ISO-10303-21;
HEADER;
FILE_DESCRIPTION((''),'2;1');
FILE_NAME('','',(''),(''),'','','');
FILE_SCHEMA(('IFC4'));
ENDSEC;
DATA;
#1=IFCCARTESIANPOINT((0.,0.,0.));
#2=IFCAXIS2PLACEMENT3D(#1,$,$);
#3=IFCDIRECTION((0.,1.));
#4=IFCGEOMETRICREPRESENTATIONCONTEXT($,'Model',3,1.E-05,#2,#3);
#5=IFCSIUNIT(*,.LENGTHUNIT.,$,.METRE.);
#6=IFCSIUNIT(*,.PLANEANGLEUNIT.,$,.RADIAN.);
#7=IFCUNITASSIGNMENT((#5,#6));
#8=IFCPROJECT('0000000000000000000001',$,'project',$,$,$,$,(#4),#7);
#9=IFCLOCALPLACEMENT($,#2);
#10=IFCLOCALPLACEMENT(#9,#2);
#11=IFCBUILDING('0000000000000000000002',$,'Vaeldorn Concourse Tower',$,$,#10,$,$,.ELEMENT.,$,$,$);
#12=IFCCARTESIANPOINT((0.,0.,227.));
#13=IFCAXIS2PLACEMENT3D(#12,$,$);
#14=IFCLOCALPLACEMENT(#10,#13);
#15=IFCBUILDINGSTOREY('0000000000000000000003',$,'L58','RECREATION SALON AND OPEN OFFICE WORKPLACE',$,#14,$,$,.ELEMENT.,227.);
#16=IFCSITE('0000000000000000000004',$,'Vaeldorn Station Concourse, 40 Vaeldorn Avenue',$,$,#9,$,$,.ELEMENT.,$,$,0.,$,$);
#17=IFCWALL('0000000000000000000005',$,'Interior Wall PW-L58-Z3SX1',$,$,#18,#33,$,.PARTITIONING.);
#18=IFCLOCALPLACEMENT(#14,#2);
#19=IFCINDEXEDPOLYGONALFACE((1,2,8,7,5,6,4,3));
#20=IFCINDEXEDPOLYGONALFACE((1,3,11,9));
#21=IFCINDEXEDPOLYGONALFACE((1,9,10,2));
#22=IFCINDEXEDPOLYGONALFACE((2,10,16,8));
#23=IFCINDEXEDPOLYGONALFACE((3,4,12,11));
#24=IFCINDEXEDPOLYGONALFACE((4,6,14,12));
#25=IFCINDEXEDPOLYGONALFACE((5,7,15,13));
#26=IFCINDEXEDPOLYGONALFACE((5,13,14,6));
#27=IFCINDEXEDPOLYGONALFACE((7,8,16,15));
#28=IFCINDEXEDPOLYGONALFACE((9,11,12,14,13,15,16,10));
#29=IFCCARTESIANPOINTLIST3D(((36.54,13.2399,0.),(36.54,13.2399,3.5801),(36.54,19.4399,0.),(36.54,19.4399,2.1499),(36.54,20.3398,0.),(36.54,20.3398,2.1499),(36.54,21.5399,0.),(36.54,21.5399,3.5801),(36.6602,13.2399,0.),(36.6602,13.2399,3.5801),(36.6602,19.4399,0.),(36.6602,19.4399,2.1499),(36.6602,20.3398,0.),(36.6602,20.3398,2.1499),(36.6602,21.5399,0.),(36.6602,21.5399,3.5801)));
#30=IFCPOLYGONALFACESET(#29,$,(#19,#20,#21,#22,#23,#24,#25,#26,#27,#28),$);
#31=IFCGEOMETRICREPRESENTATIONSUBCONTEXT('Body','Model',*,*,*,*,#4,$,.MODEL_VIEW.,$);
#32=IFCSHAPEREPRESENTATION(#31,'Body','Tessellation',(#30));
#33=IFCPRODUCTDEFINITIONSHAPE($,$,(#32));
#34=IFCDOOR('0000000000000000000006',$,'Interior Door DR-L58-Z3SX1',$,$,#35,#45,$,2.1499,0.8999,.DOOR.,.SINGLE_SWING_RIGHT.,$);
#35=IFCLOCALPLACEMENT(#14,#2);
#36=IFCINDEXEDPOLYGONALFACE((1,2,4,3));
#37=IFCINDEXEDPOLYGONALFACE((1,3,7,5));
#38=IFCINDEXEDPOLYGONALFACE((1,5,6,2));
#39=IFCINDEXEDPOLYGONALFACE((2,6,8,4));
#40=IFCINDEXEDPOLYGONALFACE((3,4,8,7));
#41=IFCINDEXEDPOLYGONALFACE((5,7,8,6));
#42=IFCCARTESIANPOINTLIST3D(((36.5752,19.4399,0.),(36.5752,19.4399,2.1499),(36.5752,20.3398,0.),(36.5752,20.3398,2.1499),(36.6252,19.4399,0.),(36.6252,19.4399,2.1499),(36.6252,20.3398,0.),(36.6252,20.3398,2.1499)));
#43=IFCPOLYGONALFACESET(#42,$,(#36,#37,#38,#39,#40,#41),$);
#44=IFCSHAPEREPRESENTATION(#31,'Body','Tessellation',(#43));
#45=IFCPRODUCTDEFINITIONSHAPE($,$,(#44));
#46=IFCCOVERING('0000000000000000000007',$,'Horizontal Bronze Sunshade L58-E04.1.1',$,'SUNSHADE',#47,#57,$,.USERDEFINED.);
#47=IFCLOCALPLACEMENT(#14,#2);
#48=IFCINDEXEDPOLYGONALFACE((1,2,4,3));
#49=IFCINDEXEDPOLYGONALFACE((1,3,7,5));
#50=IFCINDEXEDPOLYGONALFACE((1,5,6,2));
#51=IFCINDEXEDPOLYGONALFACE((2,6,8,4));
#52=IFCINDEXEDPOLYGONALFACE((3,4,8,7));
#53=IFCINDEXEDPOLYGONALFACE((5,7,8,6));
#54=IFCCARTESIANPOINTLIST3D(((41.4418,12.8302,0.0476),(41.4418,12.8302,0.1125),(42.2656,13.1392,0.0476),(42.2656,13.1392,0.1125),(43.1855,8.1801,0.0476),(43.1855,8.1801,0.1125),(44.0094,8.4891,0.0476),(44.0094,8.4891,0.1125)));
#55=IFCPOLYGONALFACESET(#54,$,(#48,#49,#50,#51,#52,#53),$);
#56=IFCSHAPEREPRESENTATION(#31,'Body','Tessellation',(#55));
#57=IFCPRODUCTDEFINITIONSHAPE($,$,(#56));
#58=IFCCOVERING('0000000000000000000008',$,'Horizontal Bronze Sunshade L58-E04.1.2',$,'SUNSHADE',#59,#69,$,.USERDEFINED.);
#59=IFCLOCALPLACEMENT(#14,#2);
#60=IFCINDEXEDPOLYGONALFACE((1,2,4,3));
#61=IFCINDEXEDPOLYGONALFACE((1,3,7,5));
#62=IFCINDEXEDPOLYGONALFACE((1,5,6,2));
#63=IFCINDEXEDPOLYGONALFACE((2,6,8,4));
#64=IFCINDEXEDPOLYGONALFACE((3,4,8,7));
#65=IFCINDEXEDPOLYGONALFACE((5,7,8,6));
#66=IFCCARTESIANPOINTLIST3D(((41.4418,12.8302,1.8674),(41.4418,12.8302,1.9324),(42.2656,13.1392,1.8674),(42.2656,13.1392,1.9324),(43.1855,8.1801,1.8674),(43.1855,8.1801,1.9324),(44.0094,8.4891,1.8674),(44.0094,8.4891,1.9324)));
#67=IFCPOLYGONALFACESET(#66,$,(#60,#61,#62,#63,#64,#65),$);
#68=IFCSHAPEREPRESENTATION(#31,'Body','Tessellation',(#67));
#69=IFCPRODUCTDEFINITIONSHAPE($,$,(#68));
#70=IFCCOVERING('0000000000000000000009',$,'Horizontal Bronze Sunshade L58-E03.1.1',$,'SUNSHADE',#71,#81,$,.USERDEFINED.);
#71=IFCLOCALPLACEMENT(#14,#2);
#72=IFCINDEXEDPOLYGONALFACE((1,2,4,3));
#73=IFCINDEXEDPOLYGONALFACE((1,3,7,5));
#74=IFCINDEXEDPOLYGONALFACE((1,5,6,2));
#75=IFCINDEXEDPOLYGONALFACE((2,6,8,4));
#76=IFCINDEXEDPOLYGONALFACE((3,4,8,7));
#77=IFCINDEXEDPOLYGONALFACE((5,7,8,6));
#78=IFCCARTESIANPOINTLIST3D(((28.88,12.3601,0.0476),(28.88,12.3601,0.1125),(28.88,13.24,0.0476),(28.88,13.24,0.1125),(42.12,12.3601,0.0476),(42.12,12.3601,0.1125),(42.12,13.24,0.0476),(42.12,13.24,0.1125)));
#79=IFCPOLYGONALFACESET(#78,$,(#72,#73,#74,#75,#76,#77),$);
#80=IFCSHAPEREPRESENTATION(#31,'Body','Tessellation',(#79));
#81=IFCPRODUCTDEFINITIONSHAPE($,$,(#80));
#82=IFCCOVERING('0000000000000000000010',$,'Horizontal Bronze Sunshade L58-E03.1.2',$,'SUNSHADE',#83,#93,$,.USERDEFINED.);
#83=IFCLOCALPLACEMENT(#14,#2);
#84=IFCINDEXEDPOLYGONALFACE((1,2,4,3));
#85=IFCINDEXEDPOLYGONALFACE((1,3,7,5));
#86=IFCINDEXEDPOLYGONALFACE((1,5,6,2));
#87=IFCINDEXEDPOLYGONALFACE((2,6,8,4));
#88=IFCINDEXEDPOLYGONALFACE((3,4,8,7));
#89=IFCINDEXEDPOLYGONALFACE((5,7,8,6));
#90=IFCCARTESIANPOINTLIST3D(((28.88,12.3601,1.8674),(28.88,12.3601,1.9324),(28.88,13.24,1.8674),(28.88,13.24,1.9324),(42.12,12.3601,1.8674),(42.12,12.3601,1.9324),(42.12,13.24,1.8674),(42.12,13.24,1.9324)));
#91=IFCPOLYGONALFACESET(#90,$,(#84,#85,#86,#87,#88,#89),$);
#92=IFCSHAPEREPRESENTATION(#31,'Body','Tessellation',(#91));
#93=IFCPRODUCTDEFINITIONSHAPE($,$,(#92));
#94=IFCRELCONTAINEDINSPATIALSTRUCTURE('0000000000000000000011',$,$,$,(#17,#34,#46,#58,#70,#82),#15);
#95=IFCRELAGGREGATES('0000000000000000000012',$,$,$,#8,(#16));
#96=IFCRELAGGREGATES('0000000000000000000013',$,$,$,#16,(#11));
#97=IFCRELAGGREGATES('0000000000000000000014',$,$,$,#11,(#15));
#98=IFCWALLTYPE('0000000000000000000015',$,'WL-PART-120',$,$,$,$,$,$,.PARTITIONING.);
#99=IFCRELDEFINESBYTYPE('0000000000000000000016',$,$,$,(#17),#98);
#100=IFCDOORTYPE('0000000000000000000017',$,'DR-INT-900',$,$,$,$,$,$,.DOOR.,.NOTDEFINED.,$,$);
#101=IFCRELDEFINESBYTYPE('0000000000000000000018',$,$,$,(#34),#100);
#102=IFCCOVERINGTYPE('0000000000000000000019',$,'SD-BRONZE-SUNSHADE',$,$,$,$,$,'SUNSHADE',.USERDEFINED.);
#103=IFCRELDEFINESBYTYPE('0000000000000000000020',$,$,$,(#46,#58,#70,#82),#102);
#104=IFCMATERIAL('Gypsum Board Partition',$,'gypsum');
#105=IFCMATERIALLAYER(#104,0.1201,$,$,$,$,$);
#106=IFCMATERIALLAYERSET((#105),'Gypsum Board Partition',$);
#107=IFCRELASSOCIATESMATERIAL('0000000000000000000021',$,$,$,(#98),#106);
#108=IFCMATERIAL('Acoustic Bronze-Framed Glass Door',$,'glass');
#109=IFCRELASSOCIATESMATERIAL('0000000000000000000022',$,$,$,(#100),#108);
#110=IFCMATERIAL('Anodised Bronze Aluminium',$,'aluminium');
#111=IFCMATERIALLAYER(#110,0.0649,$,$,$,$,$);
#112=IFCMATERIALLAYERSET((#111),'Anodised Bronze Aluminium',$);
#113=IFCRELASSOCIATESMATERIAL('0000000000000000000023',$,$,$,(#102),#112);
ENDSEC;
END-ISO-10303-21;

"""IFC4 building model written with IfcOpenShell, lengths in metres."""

from ifc_helpers import new_model, si_unit, direction, frame, frame_2d, origin, origin_2d, place, context, subcontext, project, spatial, rectangle, extrude, source, transform, mapped, material, layer, layer_set, type_object, element, fill, save


model = new_model("IFC4")

# Units and contexts
model_context = context("Model", 3, precision=1e-05, world=origin(), true_north=direction((0.0, 1.0)))
body_context = subcontext(model_context, "Body", "Model", "MODEL_VIEW")
ifc_project = project(units=[si_unit("LENGTHUNIT", "METRE"), si_unit("PLANEANGLEUNIT", "RADIAN")], contexts=[model_context])

# Site, building, storey
site_placement = place(None, origin())
site = spatial("IfcSite", under=ifc_project, at=site_placement, Name="Vaeldorn Station Concourse, 40 Vaeldorn Avenue", CompositionType="ELEMENT", RefElevation=0.0)
building_placement = place(site_placement, origin())
building = spatial("IfcBuilding", under=site, at=building_placement, Name="Vaeldorn Concourse Tower", CompositionType="ELEMENT")
storey_placement = place(building_placement, frame((0.0, 0.0, 227.0)))
storey = spatial("IfcBuildingStorey", under=building, at=storey_placement, Name="L58", Description="RECREATION SALON AND OPEN OFFICE WORKPLACE", CompositionType="ELEMENT", Elevation=227.0)

# Shared definitions
ifc_material_1 = material(Name="Anodised Bronze Aluminium", Category="aluminium")

# Wall, opening, door
ifc_material_2 = material(Name="Gypsum Board Partition", Category="gypsum")
ifc_layer_1 = layer(ifc_material_2, 0.1201)
ifc_layer_set_1 = layer_set([ifc_layer_1], Name="Gypsum Board Partition")
wall_type = type_object("IfcWallType", Name="WL-PART-120", PredefinedType="PARTITIONING", material=ifc_layer_set_1)
wall_placement = place(storey_placement, frame((36.6001, 13.24, 0.0), z_axis=(0.0, 0.0, 1.0), x_axis=(0.0, 1.0, 0.0)))
wall = element("IfcWall", 1, at=wall_placement, inside=storey, type_object=wall_type, Name="Interior Wall PW-L58-Z3SX1", PredefinedType="PARTITIONING", context=body_context, shape_type="SweptSolid", body=[
    extrude(rectangle(XDim=8.3, YDim=0.1201, at=frame_2d((4.1499, 0.0))), origin(), (0.0, 0.0, 1.0), 3.5801),
])
opening_placement = place(wall_placement, frame((6.2, 0.0, 0.0)))
opening = element("IfcOpeningElement", 2, at=opening_placement, cuts=wall, PredefinedType="OPENING", context=body_context, shape_type="SweptSolid", body=[
    extrude(rectangle(XDim=0.8999, YDim=2.1499, at=frame_2d((0.45, 1.075))), frame((0.0, 0.0701, 0.0), z_axis=(0.0, -1.0, 0.0), x_axis=(1.0, 0.0, 0.0)), (0.0, 0.0, 1.0), 0.1401),
])
ifc_material_3 = material(Name="Acoustic Bronze-Framed Glass Door", Category="glass")
door_type = type_object("IfcDoorType", Name="DR-INT-900", OperationType="NOTDEFINED", PredefinedType="DOOR", material=ifc_material_3)
shared_shape_1 = source(origin(), body_context, "Body", "SweptSolid", [
    extrude(rectangle(XDim=0.8999, YDim=2.1499, at=frame_2d((0.45, 1.075))), frame((0.0, 0.0249, 0.0), z_axis=(0.0, -1.0, 0.0), x_axis=(1.0, 0.0, 0.0)), (0.0, 0.0, 1.0), 0.05),
])
door_placement = place(opening_placement, origin())
door = element("IfcDoor", 3, at=door_placement, inside=storey, type_object=door_type, Name="Interior Door DR-L58-Z3SX1", OperationType="SINGLE_SWING_RIGHT", OverallHeight=2.1499, OverallWidth=0.8999, PredefinedType="DOOR", context=body_context, shape_type="MappedRepresentation", body=[
    mapped(shared_shape_1, transform((0.0, 0.0, 0.0), scale=1.0)),
])
fill(opening, door)

# Coverings
ifc_layer_2 = layer(ifc_material_1, 0.0649)
ifc_layer_set_2 = layer_set([ifc_layer_2], Name="Anodised Bronze Aluminium")
covering_type = type_object("IfcCoveringType", Name="SD-BRONZE-SUNSHADE", ElementType="SUNSHADE", PredefinedType="USERDEFINED", material=ifc_layer_set_2)
shared_shape_2 = source(origin(), body_context, "Body", "SweptSolid", [
    extrude(rectangle(XDim=4.9663, YDim=0.8799, at=origin_2d()), origin(), (0.0, 0.0, 1.0), 0.0649),
])
for number, where, z_axis, x_axis, name in (
    (4, (42.7256, 10.6597, 0.0476), (0.0, 0.0, 1.0), (0.351123, -0.936329, 0.0), "Horizontal Bronze Sunshade L58-E04.1.1"),
    (5, (42.7256, 10.6597, 1.8674), (0.0, 0.0, 1.0), (0.351123, -0.936329, 0.0), "Horizontal Bronze Sunshade L58-E04.1.2"),
):
    element("IfcCovering", number, at=place(storey_placement, frame(where, z_axis=z_axis, x_axis=x_axis)), inside=storey, type_object=covering_type, Name=name, ObjectType="SUNSHADE", PredefinedType="USERDEFINED", context=body_context, shape_type="MappedRepresentation", body=[
        mapped(shared_shape_2, transform((0.0, 0.0, 0.0), scale=1.0)),
    ])
shared_shape_3 = source(origin(), body_context, "Body", "SweptSolid", [
    extrude(rectangle(XDim=13.24, YDim=0.8799, at=origin_2d()), origin(), (0.0, 0.0, 1.0), 0.0649),
])
for number, where, z_axis, x_axis, name in (
    (6, (35.5, 12.8, 0.0476), (0.0, 0.0, 1.0), (1.0, 0.0, 0.0), "Horizontal Bronze Sunshade L58-E03.1.1"),
    (7, (35.5, 12.8, 1.8674), (0.0, 0.0, 1.0), (1.0, 0.0, 0.0), "Horizontal Bronze Sunshade L58-E03.1.2"),
):
    element("IfcCovering", number, at=place(storey_placement, frame(where, z_axis=z_axis, x_axis=x_axis)), inside=storey, type_object=covering_type, Name=name, ObjectType="SUNSHADE", PredefinedType="USERDEFINED", context=body_context, shape_type="MappedRepresentation", body=[
        mapped(shared_shape_3, transform((0.0, 0.0, 0.0), scale=1.0)),
    ])

save(model, "model.ifc")
